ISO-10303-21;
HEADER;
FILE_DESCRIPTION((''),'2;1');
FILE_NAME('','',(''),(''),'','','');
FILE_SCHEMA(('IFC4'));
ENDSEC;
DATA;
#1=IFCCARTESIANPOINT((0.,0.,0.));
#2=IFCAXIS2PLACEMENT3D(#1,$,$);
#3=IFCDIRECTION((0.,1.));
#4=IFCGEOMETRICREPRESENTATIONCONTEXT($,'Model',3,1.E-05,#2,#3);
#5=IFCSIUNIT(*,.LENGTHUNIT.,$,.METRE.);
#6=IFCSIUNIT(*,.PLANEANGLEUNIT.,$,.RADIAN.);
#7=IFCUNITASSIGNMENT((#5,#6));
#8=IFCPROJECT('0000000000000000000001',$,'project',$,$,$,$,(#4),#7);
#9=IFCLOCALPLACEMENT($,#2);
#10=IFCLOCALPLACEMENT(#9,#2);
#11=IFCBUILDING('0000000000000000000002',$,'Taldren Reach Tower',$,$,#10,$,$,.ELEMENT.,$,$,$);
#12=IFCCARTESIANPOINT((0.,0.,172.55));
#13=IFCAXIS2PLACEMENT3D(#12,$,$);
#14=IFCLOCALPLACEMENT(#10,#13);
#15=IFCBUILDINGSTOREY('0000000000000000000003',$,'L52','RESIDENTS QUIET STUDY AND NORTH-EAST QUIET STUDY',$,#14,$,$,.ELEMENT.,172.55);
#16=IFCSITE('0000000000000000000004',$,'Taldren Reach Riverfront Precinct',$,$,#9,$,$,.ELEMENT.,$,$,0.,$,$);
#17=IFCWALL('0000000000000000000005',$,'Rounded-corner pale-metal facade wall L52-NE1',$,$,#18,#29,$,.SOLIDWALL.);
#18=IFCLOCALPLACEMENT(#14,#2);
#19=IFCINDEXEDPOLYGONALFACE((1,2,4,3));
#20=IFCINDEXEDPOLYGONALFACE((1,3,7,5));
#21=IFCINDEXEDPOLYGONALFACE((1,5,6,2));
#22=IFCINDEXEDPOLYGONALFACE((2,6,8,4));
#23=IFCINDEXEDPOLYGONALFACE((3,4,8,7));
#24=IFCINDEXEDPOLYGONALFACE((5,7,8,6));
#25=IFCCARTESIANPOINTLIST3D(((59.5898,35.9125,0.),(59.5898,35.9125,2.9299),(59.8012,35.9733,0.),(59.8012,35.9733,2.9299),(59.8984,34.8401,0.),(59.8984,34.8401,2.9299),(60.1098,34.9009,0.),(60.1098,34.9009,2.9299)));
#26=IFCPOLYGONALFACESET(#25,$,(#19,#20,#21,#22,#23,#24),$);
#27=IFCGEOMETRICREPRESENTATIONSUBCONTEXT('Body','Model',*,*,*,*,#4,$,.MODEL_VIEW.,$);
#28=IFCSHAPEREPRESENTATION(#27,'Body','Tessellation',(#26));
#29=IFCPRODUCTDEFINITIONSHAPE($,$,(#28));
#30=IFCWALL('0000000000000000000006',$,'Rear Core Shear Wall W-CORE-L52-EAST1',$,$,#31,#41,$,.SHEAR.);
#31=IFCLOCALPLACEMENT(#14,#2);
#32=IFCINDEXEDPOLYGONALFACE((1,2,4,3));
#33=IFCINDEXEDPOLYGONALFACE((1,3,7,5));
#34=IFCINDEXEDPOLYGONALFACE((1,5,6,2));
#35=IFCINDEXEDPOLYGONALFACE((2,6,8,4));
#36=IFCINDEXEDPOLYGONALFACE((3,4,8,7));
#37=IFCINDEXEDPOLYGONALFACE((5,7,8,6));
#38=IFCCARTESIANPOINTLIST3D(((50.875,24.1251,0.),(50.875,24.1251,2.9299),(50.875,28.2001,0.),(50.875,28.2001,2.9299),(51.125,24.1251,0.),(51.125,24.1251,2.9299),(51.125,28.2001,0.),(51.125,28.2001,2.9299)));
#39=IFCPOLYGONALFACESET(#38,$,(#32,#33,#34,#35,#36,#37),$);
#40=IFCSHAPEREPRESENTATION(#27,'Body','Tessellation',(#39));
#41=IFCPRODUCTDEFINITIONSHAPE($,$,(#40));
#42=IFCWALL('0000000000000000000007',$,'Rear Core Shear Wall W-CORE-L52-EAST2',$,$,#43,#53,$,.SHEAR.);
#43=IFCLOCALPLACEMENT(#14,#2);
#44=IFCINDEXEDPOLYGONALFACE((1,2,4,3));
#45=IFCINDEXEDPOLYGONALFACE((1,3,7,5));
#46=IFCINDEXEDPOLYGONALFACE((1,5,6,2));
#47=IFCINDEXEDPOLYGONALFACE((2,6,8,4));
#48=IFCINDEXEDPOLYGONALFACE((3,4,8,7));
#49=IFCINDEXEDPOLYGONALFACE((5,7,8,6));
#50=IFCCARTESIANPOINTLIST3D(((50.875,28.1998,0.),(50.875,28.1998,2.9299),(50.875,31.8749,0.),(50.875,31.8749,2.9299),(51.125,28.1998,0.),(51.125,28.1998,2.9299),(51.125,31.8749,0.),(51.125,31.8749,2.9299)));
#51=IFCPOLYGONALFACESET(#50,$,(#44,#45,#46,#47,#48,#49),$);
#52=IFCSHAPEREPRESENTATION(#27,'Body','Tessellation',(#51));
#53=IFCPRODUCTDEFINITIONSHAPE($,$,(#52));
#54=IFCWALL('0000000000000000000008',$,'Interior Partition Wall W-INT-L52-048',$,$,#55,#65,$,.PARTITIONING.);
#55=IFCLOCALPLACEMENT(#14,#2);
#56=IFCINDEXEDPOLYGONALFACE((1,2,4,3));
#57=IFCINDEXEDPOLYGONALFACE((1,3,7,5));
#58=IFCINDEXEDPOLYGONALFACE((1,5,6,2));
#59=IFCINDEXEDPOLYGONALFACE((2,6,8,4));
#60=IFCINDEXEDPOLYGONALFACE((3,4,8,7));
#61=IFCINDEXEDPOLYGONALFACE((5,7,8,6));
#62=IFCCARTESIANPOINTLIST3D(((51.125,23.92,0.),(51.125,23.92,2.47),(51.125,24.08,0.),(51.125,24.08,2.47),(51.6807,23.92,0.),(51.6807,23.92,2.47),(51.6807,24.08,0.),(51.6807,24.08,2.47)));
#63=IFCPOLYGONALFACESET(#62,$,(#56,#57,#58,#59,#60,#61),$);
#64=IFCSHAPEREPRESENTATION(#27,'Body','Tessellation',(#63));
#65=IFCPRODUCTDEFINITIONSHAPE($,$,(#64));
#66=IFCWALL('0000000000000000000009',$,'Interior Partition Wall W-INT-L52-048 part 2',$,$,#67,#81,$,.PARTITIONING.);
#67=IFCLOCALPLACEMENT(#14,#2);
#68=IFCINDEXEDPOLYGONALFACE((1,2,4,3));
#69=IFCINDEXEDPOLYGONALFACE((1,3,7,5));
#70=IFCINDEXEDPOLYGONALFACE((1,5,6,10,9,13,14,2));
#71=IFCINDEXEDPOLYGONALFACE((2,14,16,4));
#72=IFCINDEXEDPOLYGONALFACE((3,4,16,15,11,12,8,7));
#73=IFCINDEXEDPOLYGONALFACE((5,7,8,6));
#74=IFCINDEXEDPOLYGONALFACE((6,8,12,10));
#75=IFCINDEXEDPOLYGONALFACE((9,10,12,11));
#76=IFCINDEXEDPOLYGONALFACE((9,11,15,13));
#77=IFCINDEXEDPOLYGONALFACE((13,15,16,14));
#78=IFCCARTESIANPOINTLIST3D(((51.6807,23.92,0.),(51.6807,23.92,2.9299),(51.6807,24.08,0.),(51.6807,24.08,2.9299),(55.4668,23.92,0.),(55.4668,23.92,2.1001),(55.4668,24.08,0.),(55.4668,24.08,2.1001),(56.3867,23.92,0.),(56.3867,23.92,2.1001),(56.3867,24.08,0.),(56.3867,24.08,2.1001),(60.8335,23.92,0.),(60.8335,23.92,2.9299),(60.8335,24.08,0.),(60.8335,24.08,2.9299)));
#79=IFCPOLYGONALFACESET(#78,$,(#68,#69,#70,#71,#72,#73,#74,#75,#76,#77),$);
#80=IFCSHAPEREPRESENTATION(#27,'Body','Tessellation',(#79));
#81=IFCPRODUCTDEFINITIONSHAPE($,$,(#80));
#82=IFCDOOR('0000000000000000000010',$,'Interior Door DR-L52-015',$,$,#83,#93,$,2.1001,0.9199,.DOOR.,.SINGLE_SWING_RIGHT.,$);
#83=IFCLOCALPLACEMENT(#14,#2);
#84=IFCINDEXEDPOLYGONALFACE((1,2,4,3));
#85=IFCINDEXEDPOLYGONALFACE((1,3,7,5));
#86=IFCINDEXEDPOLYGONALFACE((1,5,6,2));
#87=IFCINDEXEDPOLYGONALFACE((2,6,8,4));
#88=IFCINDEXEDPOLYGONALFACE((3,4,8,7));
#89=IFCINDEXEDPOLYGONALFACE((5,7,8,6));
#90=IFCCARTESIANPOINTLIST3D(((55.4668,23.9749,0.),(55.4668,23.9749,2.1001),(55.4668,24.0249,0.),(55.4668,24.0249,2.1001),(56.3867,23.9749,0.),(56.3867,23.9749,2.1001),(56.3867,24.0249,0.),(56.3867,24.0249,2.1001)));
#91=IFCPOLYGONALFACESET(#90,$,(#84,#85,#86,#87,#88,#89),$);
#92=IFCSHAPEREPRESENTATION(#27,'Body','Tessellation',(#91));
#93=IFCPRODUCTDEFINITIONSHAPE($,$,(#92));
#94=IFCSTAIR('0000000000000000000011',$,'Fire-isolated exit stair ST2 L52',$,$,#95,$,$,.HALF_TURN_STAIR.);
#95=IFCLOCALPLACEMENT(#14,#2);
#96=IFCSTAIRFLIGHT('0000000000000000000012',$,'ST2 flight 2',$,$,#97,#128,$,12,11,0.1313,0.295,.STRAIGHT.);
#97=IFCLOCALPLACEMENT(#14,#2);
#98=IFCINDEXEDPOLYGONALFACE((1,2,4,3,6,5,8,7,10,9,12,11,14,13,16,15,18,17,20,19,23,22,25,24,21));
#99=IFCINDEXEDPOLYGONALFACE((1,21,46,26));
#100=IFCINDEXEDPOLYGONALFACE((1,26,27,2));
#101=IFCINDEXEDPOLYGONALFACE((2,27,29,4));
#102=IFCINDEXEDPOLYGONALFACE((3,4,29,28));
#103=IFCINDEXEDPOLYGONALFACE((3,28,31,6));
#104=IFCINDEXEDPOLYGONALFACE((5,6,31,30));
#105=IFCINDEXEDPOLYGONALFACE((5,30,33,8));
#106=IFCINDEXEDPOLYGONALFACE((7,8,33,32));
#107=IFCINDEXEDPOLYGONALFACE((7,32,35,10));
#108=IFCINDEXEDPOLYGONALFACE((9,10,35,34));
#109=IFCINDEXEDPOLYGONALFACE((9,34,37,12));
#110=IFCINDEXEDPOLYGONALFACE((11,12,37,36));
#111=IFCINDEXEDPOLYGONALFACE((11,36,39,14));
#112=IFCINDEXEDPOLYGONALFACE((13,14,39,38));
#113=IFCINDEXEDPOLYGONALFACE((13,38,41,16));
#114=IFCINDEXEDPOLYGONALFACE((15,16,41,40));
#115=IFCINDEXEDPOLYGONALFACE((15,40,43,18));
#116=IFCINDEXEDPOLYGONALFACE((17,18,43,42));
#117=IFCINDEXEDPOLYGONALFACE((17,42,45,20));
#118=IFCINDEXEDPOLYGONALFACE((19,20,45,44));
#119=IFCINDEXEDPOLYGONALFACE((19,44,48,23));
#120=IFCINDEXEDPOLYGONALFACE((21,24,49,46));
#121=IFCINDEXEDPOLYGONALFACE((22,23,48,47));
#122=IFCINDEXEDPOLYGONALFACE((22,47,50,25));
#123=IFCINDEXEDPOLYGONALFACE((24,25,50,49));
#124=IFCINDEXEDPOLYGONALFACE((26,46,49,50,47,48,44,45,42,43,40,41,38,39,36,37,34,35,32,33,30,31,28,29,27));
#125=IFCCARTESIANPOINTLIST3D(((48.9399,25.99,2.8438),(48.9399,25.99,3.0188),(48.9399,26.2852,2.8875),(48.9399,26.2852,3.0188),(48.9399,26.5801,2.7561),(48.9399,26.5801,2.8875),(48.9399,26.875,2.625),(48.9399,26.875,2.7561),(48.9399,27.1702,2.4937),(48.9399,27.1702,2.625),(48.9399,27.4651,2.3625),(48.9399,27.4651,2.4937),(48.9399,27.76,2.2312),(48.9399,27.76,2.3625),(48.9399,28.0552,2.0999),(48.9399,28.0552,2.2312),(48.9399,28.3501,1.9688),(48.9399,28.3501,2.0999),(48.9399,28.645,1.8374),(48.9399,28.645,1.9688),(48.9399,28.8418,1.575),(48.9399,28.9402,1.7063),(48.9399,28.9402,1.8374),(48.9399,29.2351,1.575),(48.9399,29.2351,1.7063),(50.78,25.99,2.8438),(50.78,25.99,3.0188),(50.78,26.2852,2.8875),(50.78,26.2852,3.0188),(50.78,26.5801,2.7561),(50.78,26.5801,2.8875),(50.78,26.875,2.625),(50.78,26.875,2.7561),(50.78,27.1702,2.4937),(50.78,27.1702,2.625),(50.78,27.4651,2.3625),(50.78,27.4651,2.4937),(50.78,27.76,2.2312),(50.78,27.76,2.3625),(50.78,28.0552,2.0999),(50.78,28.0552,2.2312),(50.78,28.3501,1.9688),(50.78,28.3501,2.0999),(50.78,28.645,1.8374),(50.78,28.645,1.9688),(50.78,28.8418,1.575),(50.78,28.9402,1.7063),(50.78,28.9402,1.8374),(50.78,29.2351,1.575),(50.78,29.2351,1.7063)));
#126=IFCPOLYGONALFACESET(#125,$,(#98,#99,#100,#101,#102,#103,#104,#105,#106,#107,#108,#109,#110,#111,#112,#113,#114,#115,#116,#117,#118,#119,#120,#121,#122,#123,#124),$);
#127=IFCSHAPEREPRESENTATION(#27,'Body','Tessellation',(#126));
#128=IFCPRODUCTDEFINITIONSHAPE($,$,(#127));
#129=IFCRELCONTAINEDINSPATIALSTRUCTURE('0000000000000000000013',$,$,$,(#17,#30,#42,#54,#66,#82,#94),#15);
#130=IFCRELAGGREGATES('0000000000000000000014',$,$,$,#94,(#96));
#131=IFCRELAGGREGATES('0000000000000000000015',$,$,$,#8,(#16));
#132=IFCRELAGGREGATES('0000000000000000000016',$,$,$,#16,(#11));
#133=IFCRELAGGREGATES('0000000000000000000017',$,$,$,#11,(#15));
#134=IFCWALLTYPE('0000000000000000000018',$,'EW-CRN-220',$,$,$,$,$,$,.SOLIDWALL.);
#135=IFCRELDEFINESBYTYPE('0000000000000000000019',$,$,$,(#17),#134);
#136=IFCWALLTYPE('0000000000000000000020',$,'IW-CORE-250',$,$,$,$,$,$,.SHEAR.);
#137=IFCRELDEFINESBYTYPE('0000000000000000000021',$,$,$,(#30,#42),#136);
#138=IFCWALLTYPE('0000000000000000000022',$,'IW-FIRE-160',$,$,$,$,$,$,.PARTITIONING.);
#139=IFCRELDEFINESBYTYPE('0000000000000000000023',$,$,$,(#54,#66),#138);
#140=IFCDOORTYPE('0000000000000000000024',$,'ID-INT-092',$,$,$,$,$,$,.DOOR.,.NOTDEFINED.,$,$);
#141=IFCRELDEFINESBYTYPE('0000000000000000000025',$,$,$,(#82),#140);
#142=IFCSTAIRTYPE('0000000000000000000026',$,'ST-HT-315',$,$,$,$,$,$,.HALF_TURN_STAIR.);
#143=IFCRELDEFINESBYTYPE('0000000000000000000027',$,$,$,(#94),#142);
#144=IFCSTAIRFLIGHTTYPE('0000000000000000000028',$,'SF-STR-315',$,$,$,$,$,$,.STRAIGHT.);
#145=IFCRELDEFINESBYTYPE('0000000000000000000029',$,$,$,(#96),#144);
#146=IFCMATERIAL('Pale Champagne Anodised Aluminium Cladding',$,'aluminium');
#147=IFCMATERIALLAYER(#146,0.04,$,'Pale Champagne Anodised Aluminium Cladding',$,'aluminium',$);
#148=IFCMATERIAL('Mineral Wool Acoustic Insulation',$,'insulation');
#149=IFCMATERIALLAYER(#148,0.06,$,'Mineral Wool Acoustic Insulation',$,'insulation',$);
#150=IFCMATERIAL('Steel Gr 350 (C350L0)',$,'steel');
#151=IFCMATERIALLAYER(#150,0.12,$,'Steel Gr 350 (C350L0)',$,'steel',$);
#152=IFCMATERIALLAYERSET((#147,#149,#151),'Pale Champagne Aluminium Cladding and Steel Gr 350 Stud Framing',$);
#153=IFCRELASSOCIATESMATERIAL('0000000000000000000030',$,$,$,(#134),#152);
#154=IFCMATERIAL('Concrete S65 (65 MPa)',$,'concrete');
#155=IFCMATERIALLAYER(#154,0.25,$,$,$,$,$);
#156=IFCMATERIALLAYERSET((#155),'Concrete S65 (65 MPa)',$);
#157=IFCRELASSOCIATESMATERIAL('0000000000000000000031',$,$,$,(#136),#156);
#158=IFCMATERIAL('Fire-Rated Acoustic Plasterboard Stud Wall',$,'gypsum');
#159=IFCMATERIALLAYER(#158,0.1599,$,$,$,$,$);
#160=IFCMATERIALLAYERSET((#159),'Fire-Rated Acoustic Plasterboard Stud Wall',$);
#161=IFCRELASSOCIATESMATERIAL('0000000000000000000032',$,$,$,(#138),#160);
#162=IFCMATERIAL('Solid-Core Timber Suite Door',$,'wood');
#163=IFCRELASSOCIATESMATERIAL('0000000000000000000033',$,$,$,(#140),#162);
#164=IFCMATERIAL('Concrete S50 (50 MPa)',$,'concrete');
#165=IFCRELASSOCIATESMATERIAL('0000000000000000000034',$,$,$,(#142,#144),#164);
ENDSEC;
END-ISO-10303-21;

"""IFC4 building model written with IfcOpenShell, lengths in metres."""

from ifc_helpers import new_model, si_unit, direction, frame, frame_2d, origin, place, context, subcontext, project, spatial, polyline, rectangle, outline, extrude, source, transform, mapped, material, layer, layer_set, type_object, element, fill, aggregate, save


model = new_model("IFC4")

# Units and contexts
model_context = context("Model", 3, precision=1e-05, world=origin(), true_north=direction((0.0, 1.0)))
body_context = subcontext(model_context, "Body", "Model", "MODEL_VIEW")
ifc_project = project(units=[si_unit("LENGTHUNIT", "METRE"), si_unit("PLANEANGLEUNIT", "RADIAN")], contexts=[model_context])

# Site, building, storey
site_placement = place(None, origin())
site = spatial("IfcSite", under=ifc_project, at=site_placement, Name="Taldren Reach Riverfront Precinct", CompositionType="ELEMENT", RefElevation=0.0)
building_placement = place(site_placement, origin())
building = spatial("IfcBuilding", under=site, at=building_placement, Name="Taldren Reach Tower", CompositionType="ELEMENT")
storey_placement = place(building_placement, frame((0.0, 0.0, 172.55)))
storey = spatial("IfcBuildingStorey", under=building, at=storey_placement, Name="L52", Description="RESIDENTS QUIET STUDY AND NORTH-EAST QUIET STUDY", CompositionType="ELEMENT", Elevation=172.55)

# Shared definitions
ifc_material_1 = material(Name="Steel Gr 350 (C350L0)", Category="steel")

# Walls
ifc_material_2 = material(Name="Pale Champagne Anodised Aluminium Cladding", Category="aluminium")
ifc_layer_1 = layer(ifc_material_2, 0.04, Name="Pale Champagne Anodised Aluminium Cladding", Category="aluminium")
ifc_material_3 = material(Name="Mineral Wool Acoustic Insulation", Category="insulation")
ifc_layer_2 = layer(ifc_material_3, 0.06, Name="Mineral Wool Acoustic Insulation", Category="insulation")
ifc_layer_3 = layer(ifc_material_1, 0.12, Name="Steel Gr 350 (C350L0)", Category="steel")
ifc_layer_set_1 = layer_set([ifc_layer_1, ifc_layer_2, ifc_layer_3], Name="Pale Champagne Aluminium Cladding and Steel Gr 350 Stud Framing")
wall_type_1 = type_object("IfcWallType", Name="EW-CRN-220", PredefinedType="SOLIDWALL", material=ifc_layer_set_1)
shared_shape_1 = source(origin(), body_context, "Body", "SweptSolid", [
    extrude(rectangle(XDim=1.116, YDim=0.22, at=frame_2d((0.5581, 0.0))), origin(), (0.0, 0.0, 1.0), 2.9299),
])
wall_1_placement = place(storey_placement, frame((60.0042, 34.8704, 0.0), z_axis=(0.0, 0.0, 1.0), x_axis=(-0.276512, 0.96101, 0.0)))
element("IfcWall", 1, at=wall_1_placement, inside=storey, type_object=wall_type_1, Name="Rounded-corner pale-metal facade wall L52-NE1", PredefinedType="SOLIDWALL", context=body_context, shape_type="MappedRepresentation", body=[
    mapped(shared_shape_1, transform((0.0, 0.0, 0.0), scale=1.0)),
])
ifc_material_4 = material(Name="Concrete S65 (65 MPa)", Category="concrete")
ifc_layer_4 = layer(ifc_material_4, 0.25)
ifc_layer_set_2 = layer_set([ifc_layer_4], Name="Concrete S65 (65 MPa)")
wall_type_2 = type_object("IfcWallType", Name="IW-CORE-250", PredefinedType="SHEAR", material=ifc_layer_set_2)
shared_shape_2 = source(origin(), body_context, "Body", "SweptSolid", [
    extrude(rectangle(XDim=4.075, YDim=0.25, at=frame_2d((2.0376, 0.0))), origin(), (0.0, 0.0, 1.0), 2.9299),
])
wall_2_placement = place(storey_placement, frame((51.0, 24.125, 0.0), z_axis=(0.0, 0.0, 1.0), x_axis=(0.0, 1.0, 0.0)))
element("IfcWall", 2, at=wall_2_placement, inside=storey, type_object=wall_type_2, Name="Rear Core Shear Wall W-CORE-L52-EAST1", PredefinedType="SHEAR", context=body_context, shape_type="MappedRepresentation", body=[
    mapped(shared_shape_2, transform((0.0, 0.0, 0.0), scale=1.0)),
])
shared_shape_3 = source(origin(), body_context, "Body", "SweptSolid", [
    extrude(rectangle(XDim=3.675, YDim=0.25, at=frame_2d((1.8374, 0.0))), origin(), (0.0, 0.0, 1.0), 2.9299),
])
wall_3_placement = place(storey_placement, frame((51.0, 28.2, 0.0), z_axis=(0.0, 0.0, 1.0), x_axis=(0.0, 1.0, 0.0)))
element("IfcWall", 3, at=wall_3_placement, inside=storey, type_object=wall_type_2, Name="Rear Core Shear Wall W-CORE-L52-EAST2", PredefinedType="SHEAR", context=body_context, shape_type="MappedRepresentation", body=[
    mapped(shared_shape_3, transform((0.0, 0.0, 0.0), scale=1.0)),
])
ifc_material_5 = material(Name="Fire-Rated Acoustic Plasterboard Stud Wall", Category="gypsum")
ifc_layer_5 = layer(ifc_material_5, 0.1599)
ifc_layer_set_3 = layer_set([ifc_layer_5], Name="Fire-Rated Acoustic Plasterboard Stud Wall")
wall_type_3 = type_object("IfcWallType", Name="IW-FIRE-160", PredefinedType="PARTITIONING", material=ifc_layer_set_3)
shared_shape_4 = source(origin(), body_context, "Body", "SweptSolid", [
    extrude(rectangle(XDim=0.5557, YDim=0.1599, at=frame_2d((0.2778, 0.0))), origin(), (0.0, 0.0, 1.0), 2.47),
])
wall_4_placement = place(storey_placement, frame((51.125, 24.0, 0.0), z_axis=(0.0, 0.0, 1.0), x_axis=(1.0, 0.0, 0.0)))
element("IfcWall", 4, at=wall_4_placement, inside=storey, type_object=wall_type_3, Name="Interior Partition Wall W-INT-L52-048", PredefinedType="PARTITIONING", context=body_context, shape_type="MappedRepresentation", body=[
    mapped(shared_shape_4, transform((0.0, 0.0, 0.0), scale=1.0)),
])

# Wall, opening, door
shared_shape_5 = source(origin(), body_context, "Body", "SweptSolid", [
    extrude(rectangle(XDim=9.1528, YDim=0.1599, at=frame_2d((4.5764, 0.0))), origin(), (0.0, 0.0, 1.0), 2.9299),
])
wall_5_placement = place(storey_placement, frame((51.6807, 24.0, 0.0), z_axis=(0.0, 0.0, 1.0), x_axis=(1.0, 0.0, 0.0)))
wall_5 = element("IfcWall", 5, at=wall_5_placement, inside=storey, type_object=wall_type_3, Name="Interior Partition Wall W-INT-L52-048 part 2", PredefinedType="PARTITIONING", context=body_context, shape_type="MappedRepresentation", body=[
    mapped(shared_shape_5, transform((0.0, 0.0, 0.0), scale=1.0)),
])
shared_shape_6 = source(origin(), body_context, "Body", "SweptSolid", [
    extrude(rectangle(XDim=0.9199, YDim=2.1001, at=frame_2d((0.46, 1.05))), frame((0.0, 0.0898, 0.0), z_axis=(0.0, -1.0, 0.0), x_axis=(1.0, 0.0, 0.0)), (0.0, 0.0, 1.0), 0.1799),
])
opening_placement = place(wall_5_placement, frame((3.7861, 0.0, 0.0)))
opening = element("IfcOpeningElement", 6, at=opening_placement, cuts=wall_5, PredefinedType="OPENING", context=body_context, shape_type="MappedRepresentation", body=[
    mapped(shared_shape_6, transform((0.0, 0.0, 0.0), scale=1.0)),
])
ifc_material_6 = material(Name="Solid-Core Timber Suite Door", Category="wood")
door_type = type_object("IfcDoorType", Name="ID-INT-092", OperationType="NOTDEFINED", PredefinedType="DOOR", material=ifc_material_6)
shared_shape_7 = source(origin(), body_context, "Body", "SweptSolid", [
    extrude(rectangle(XDim=0.9199, YDim=2.1001, at=frame_2d((0.46, 1.05))), frame((0.0, 0.0249, 0.0), z_axis=(0.0, -1.0, 0.0), x_axis=(1.0, 0.0, 0.0)), (0.0, 0.0, 1.0), 0.05),
])
door_placement = place(opening_placement, origin())
door = element("IfcDoor", 7, at=door_placement, inside=storey, type_object=door_type, Name="Interior Door DR-L52-015", OperationType="SINGLE_SWING_RIGHT", OverallHeight=2.1001, OverallWidth=0.9199, PredefinedType="DOOR", context=body_context, shape_type="MappedRepresentation", body=[
    mapped(shared_shape_7, transform((0.0, 0.0, 0.0), scale=1.0)),
])
fill(opening, door)

# Stair, stair flight
ifc_material_7 = material(Name="Concrete S50 (50 MPa)", Category="concrete")
stair_type = type_object("IfcStairType", Name="ST-HT-315", PredefinedType="HALF_TURN_STAIR", material=ifc_material_7)
stair_placement = place(storey_placement, origin())
stair = element("IfcStair", 8, at=stair_placement, inside=storey, type_object=stair_type, Name="Fire-isolated exit stair ST2 L52", PredefinedType="HALF_TURN_STAIR")
stair_flight_type = type_object("IfcStairFlightType", Name="SF-STR-315", PredefinedType="STRAIGHT", material=ifc_material_7)
stair_flight_placement = place(storey_placement, frame((49.8601, 29.2351, 1.575), z_axis=(0.0, 0.0, 1.0), x_axis=(0.0, -1.0, 0.0)))
stair_flight = element("IfcStairFlight", 9, at=stair_flight_placement, type_object=stair_flight_type, Name="ST2 flight 2", NumberOfRisers=12, NumberOfTreads=11, PredefinedType="STRAIGHT", RiserHeight=0.1313, TreadLength=0.295, context=body_context, shape_type="SweptSolid", body=[
    extrude(outline(polyline([(0.0, 0.0), (0.0, 0.1313), (0.2949, 0.1313), (0.2949, 0.2625), (0.5901, 0.2625), (0.5901, 0.3938), (0.885, 0.3938), (0.885, 0.5249), (1.1799, 0.5249), (1.1799, 0.6562), (1.4751, 0.6562), (1.4751, 0.7876), (1.77, 0.7876), (1.77, 0.9187), (2.0649, 0.9187), (2.0649, 1.05), (2.3601, 1.05), (2.3601, 1.1812), (2.655, 1.1812), (2.655, 1.3125), (2.95, 1.3125), (2.95, 1.4438), (3.2451, 1.4438), (3.2451, 1.575), (3.2451, 1.2688), (0.3933, 0.0), (0.0, 0.0)])), frame((0.0, 0.9199, 0.0), z_axis=(0.0, -1.0, 0.0), x_axis=(1.0, 0.0, 0.0)), (0.0, 0.0, 1.0), 1.8401),
])
aggregate(stair, [stair_flight])

save(model, "model.ifc")
